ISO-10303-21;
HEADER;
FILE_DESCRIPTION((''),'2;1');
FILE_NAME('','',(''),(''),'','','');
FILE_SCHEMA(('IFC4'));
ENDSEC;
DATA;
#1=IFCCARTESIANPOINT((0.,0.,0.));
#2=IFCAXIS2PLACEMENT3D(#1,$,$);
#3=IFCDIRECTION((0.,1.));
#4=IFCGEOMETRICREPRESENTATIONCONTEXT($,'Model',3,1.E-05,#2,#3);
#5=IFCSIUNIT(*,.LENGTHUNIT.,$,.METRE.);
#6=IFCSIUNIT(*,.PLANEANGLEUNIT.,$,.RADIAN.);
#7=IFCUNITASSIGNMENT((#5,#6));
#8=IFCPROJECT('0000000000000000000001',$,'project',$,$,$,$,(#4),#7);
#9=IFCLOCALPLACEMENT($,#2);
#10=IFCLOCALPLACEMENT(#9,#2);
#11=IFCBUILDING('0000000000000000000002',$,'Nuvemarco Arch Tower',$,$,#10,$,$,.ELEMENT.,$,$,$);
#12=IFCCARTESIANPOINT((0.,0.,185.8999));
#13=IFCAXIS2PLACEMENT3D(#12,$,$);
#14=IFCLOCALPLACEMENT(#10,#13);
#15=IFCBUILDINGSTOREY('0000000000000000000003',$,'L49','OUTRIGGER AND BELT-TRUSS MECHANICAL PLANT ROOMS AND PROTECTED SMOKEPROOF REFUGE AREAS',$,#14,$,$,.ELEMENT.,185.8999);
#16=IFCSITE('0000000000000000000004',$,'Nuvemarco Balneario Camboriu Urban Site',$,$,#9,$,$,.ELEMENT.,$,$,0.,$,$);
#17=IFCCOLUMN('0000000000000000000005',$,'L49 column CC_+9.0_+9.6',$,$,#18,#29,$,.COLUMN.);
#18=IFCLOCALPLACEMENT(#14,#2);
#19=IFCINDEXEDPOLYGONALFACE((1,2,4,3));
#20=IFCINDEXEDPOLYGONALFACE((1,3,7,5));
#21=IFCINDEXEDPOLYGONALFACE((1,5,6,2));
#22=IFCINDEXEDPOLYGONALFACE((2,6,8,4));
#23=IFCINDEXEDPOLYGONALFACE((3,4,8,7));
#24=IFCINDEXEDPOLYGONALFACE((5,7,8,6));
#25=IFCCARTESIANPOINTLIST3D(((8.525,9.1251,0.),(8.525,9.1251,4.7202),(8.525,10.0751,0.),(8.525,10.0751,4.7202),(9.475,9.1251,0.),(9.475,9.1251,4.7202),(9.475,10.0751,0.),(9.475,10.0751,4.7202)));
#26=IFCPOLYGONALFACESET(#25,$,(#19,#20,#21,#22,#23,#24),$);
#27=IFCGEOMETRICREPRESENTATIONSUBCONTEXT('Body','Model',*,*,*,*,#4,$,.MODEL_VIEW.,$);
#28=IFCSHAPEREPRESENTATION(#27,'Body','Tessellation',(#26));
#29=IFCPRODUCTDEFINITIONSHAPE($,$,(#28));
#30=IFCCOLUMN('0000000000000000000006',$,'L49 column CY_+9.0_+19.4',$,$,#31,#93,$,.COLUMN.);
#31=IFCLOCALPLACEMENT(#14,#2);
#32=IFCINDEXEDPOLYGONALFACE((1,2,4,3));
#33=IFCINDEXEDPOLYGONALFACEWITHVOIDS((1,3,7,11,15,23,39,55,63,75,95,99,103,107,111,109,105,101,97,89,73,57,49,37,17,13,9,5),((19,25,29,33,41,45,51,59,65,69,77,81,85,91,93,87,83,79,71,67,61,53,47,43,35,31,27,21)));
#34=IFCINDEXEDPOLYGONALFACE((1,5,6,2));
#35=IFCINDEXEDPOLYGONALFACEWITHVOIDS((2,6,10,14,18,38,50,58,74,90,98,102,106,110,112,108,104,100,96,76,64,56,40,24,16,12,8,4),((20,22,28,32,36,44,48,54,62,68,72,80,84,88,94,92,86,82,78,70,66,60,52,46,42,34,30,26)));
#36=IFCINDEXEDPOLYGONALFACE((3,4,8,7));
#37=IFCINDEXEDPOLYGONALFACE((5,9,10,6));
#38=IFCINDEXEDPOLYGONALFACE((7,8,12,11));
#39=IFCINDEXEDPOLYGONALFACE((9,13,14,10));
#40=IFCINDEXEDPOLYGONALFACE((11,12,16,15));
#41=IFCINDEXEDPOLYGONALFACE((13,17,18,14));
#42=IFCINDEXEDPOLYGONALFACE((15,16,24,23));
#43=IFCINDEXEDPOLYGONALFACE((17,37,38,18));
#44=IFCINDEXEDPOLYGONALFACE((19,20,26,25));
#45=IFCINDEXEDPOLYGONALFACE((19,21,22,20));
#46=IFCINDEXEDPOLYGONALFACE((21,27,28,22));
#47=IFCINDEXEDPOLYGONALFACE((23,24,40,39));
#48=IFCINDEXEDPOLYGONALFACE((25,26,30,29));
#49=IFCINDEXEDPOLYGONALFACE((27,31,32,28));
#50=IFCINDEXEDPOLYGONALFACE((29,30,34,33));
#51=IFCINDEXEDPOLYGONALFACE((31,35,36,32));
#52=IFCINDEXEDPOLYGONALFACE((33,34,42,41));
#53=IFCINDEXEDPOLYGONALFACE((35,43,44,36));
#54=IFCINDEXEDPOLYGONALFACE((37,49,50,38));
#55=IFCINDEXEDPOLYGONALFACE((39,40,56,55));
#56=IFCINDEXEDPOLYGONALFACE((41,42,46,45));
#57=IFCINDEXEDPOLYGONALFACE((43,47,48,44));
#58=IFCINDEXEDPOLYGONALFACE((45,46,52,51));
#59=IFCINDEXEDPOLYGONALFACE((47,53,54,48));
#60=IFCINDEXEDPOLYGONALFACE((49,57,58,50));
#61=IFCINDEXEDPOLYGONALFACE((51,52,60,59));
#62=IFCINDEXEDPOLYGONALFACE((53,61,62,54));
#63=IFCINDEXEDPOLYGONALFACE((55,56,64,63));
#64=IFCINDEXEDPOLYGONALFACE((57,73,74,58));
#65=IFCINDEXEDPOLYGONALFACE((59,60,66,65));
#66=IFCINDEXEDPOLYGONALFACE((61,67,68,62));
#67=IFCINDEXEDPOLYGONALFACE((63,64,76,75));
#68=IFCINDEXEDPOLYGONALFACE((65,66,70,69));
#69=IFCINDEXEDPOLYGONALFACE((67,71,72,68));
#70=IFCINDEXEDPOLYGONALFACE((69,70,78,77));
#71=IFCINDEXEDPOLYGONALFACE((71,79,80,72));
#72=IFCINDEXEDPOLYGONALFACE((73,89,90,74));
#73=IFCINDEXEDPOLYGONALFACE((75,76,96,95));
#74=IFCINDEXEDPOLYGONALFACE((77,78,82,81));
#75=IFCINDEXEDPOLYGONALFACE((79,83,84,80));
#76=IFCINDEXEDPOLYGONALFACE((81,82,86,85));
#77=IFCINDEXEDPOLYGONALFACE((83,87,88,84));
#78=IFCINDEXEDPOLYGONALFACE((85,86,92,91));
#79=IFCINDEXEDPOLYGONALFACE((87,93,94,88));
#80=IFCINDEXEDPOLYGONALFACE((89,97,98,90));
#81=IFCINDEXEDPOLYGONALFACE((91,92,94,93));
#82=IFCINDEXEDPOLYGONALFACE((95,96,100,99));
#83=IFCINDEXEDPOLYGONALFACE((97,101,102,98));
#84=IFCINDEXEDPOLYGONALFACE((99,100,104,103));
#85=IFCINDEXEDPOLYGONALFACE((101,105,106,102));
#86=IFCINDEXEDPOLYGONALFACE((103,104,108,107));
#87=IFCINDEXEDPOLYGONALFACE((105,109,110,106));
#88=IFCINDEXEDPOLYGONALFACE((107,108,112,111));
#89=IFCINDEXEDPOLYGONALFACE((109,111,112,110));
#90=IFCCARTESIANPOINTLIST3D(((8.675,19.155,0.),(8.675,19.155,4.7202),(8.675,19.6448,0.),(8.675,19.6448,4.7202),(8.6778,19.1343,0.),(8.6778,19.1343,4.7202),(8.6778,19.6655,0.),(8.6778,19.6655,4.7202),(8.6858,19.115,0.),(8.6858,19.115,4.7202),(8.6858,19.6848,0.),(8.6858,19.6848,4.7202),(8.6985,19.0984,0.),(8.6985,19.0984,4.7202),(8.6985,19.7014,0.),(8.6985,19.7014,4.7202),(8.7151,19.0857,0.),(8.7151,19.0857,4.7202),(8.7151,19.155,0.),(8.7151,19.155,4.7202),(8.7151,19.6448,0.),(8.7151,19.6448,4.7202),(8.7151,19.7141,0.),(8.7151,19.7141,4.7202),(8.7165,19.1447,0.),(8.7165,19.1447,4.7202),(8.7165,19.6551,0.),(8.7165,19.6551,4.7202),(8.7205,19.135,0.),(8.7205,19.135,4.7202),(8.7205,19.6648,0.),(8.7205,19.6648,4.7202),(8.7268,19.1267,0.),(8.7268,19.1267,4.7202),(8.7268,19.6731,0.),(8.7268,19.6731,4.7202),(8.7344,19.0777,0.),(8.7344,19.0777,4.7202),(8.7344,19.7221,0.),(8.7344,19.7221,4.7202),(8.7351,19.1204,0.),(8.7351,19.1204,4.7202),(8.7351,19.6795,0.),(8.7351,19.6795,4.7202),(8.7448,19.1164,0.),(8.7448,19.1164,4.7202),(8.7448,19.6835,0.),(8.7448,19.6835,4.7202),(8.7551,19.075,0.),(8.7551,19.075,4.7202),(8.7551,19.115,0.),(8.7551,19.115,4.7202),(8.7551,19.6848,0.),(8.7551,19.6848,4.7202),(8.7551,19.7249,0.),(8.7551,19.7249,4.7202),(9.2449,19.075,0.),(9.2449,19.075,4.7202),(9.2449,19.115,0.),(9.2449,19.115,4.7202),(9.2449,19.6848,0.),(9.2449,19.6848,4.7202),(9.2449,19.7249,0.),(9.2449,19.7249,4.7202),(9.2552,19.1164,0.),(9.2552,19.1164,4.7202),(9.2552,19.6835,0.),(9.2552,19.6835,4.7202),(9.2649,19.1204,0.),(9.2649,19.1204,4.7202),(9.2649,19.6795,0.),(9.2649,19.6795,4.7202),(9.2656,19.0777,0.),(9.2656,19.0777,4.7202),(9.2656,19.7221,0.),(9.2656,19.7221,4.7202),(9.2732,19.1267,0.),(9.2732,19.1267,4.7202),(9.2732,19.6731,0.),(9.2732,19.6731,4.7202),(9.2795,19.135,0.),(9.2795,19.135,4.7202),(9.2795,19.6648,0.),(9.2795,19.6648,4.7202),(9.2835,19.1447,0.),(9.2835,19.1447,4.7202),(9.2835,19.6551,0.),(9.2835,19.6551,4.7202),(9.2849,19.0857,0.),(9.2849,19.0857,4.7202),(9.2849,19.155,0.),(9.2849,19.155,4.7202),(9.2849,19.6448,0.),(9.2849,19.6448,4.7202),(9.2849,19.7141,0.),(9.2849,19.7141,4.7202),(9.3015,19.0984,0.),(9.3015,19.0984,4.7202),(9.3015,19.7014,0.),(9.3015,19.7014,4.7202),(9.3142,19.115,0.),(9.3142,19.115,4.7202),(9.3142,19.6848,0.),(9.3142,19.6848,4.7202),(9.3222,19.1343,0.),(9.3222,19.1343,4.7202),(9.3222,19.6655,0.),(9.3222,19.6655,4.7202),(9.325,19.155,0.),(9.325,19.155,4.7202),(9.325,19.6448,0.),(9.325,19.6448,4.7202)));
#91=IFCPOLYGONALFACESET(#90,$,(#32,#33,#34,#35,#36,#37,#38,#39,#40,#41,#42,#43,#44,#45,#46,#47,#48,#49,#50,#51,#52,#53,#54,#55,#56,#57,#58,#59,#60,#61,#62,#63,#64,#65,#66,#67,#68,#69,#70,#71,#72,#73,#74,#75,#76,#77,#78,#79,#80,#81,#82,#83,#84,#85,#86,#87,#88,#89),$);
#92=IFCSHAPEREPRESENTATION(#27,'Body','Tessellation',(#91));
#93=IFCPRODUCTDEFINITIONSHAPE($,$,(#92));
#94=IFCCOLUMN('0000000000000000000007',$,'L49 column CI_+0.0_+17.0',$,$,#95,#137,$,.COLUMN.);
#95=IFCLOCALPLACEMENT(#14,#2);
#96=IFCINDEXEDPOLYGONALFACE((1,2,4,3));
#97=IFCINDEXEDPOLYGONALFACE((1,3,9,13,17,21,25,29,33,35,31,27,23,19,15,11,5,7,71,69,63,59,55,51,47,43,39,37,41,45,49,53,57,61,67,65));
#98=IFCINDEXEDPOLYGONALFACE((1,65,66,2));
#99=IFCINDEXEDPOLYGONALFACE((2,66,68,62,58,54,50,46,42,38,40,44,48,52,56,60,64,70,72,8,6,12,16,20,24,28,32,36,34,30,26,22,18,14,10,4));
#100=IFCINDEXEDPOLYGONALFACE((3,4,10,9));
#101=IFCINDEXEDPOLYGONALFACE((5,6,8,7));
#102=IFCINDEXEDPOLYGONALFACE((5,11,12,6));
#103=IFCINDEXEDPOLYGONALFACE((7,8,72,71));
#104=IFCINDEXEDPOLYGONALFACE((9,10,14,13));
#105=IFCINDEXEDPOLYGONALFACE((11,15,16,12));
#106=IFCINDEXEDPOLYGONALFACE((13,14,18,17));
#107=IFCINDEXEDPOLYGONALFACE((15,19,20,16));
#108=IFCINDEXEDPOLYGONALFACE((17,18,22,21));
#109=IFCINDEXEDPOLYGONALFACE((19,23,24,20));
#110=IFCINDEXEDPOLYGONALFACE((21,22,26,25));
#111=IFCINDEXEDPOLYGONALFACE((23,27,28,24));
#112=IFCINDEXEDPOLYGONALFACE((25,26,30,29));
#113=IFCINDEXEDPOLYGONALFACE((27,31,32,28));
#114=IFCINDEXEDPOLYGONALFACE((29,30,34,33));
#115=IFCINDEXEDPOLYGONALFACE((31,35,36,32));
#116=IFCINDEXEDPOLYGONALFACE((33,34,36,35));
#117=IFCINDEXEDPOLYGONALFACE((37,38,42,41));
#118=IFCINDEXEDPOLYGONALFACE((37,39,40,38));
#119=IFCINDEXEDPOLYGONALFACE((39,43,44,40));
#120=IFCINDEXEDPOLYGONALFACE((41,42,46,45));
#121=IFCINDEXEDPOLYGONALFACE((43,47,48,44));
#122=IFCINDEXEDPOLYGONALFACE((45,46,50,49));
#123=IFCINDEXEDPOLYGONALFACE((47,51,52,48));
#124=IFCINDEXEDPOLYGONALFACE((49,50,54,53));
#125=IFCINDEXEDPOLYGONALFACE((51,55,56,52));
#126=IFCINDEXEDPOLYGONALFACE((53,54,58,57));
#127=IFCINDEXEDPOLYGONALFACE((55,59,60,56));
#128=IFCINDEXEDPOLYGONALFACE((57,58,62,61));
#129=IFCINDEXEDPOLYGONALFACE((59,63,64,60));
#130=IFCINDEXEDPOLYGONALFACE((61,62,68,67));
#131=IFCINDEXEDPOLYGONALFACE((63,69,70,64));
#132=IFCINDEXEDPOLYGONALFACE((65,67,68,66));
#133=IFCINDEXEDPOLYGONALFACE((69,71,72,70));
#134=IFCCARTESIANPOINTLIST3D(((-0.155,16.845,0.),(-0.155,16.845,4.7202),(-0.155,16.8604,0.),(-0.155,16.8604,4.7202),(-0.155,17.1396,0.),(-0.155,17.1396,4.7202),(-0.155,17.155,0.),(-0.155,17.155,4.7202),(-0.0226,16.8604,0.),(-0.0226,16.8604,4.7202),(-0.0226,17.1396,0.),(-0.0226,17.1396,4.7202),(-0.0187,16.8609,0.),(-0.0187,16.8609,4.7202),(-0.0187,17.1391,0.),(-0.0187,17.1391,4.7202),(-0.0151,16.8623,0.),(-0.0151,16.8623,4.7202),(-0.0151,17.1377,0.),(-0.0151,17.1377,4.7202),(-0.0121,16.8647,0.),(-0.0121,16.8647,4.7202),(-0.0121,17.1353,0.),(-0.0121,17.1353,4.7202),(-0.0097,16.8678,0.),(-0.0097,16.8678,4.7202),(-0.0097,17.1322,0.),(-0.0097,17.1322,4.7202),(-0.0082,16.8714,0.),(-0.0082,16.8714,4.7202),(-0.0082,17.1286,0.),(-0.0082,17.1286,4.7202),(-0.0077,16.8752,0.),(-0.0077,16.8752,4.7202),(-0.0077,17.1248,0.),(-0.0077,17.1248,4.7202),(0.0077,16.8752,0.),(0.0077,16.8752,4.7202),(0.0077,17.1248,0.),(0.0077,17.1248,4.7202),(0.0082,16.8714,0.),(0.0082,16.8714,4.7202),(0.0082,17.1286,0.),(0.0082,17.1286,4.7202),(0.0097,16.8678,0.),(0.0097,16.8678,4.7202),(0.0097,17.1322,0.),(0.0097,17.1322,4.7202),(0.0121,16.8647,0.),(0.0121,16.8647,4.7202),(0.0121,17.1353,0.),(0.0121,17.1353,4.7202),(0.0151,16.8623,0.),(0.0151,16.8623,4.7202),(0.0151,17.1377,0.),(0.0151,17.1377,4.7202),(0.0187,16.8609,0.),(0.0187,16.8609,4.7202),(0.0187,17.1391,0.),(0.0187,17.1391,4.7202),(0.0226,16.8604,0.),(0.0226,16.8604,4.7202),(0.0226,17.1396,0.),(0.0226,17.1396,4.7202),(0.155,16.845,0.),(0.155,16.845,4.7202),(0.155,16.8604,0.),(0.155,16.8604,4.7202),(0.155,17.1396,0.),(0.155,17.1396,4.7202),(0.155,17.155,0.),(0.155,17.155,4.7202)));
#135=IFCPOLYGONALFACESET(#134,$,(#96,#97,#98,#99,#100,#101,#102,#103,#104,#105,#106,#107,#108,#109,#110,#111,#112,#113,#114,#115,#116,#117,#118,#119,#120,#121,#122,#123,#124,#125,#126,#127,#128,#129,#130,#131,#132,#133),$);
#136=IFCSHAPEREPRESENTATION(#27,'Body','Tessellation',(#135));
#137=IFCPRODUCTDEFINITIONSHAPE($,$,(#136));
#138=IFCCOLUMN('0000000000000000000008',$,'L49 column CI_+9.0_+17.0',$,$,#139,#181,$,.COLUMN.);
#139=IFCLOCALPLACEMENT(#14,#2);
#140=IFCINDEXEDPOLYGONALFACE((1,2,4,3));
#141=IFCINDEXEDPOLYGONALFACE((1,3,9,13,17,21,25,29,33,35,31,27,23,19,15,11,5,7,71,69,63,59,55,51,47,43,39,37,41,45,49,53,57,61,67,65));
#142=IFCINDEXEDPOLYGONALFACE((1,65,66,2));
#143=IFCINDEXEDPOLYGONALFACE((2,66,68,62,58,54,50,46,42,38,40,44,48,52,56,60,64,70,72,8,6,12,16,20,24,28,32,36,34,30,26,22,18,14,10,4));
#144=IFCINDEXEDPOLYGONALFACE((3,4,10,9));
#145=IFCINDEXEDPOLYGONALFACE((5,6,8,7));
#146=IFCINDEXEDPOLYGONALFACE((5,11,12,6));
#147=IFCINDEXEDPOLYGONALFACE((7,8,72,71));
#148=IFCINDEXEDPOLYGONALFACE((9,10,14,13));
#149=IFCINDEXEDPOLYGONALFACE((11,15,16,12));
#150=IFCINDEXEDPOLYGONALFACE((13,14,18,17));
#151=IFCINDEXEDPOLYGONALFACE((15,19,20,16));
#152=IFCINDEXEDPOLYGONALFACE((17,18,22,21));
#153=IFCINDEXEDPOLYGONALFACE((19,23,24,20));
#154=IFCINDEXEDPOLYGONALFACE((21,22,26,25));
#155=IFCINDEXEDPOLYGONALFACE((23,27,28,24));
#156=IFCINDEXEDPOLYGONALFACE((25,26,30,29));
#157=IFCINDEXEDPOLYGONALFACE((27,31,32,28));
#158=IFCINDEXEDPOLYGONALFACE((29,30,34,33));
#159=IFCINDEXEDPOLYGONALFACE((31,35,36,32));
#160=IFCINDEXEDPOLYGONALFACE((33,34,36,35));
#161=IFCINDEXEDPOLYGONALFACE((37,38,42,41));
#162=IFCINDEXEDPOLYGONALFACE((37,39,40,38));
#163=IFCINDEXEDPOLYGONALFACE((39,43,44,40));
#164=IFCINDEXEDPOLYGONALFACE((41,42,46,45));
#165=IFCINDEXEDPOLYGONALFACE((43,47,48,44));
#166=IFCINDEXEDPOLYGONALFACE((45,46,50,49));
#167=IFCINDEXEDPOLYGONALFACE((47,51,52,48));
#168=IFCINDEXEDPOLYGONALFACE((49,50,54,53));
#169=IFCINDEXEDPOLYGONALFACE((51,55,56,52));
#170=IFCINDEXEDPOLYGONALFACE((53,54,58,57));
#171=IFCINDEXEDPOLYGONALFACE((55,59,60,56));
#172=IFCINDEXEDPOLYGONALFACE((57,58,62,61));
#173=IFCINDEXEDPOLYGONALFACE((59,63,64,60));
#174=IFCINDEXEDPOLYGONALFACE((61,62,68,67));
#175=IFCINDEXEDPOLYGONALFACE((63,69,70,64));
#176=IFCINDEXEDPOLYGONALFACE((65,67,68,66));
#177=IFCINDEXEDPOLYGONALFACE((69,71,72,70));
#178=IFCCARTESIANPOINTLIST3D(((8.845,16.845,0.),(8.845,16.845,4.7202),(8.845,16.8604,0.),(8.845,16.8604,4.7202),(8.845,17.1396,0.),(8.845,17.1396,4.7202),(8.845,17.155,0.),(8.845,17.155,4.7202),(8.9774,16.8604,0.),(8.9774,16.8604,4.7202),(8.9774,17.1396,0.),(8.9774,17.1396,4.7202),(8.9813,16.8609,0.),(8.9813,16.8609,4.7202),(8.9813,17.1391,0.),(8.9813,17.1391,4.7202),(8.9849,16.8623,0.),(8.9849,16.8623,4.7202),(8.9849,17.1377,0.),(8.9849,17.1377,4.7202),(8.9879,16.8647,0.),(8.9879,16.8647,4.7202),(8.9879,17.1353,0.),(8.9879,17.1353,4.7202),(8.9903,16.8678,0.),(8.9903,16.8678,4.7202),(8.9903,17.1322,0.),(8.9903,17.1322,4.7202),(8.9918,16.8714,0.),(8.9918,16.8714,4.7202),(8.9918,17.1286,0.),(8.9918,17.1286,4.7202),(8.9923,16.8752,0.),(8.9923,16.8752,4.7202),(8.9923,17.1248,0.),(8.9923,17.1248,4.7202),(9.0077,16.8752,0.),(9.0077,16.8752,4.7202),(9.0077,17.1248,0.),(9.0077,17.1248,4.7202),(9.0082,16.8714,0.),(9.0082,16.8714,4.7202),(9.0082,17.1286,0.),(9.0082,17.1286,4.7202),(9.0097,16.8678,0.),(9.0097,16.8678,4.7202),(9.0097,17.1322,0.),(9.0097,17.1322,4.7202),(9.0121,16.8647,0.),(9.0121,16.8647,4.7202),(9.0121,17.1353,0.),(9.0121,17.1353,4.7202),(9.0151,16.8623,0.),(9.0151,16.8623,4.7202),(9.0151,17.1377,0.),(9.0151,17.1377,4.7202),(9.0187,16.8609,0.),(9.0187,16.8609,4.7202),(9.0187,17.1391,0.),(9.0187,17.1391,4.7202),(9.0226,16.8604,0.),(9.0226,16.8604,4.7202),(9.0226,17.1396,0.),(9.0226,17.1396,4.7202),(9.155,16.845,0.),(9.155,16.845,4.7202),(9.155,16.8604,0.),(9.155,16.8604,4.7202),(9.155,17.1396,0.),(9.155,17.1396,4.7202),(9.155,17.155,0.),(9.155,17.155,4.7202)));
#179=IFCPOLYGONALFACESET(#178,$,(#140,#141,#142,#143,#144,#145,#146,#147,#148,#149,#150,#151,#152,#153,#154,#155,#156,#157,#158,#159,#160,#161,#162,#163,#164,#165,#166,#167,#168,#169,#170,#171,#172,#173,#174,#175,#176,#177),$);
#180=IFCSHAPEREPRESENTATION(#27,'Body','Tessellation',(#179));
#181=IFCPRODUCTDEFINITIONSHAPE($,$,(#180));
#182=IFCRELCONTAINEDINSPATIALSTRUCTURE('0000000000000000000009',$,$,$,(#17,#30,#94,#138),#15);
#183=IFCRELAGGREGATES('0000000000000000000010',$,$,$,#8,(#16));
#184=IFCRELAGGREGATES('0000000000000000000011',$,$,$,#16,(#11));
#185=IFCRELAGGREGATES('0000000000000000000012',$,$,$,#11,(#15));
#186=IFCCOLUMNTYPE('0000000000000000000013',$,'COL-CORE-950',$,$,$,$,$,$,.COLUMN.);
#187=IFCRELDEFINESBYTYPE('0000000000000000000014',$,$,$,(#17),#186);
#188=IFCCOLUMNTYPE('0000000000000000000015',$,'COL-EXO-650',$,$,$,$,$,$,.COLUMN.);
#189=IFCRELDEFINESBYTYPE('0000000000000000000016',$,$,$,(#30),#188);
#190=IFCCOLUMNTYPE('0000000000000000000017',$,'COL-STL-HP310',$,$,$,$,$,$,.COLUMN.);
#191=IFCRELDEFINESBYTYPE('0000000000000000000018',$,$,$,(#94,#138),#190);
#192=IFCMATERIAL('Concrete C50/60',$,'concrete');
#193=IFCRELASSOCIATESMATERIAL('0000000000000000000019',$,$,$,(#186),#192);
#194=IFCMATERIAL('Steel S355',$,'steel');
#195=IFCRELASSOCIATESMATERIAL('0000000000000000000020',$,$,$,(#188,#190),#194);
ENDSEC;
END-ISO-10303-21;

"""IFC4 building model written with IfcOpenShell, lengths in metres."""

from ifc_helpers import new_model, si_unit, direction, frame, origin, origin_2d, place, context, subcontext, project, spatial, rectangle, hollow_rectangle, i_section, extrude, material, material_profile, profile_set, type_object, element, save


model = new_model("IFC4")

# Units and contexts
model_context = context("Model", 3, precision=1e-05, world=origin(), true_north=direction((0.0, 1.0)))
body_context = subcontext(model_context, "Body", "Model", "MODEL_VIEW")
ifc_project = project(units=[si_unit("LENGTHUNIT", "METRE"), si_unit("PLANEANGLEUNIT", "RADIAN")], contexts=[model_context])

# Site, building, storey
site_placement = place(None, origin())
site = spatial("IfcSite", under=ifc_project, at=site_placement, Name="Nuvemarco Balneario Camboriu Urban Site", CompositionType="ELEMENT", RefElevation=0.0)
building_placement = place(site_placement, origin())
building = spatial("IfcBuilding", under=site, at=building_placement, Name="Nuvemarco Arch Tower", CompositionType="ELEMENT")
storey_placement = place(building_placement, frame((0.0, 0.0, 185.8999)))
storey = spatial("IfcBuildingStorey", under=building, at=storey_placement, Name="L49", Description="OUTRIGGER AND BELT-TRUSS MECHANICAL PLANT ROOMS AND PROTECTED SMOKEPROOF REFUGE AREAS", CompositionType="ELEMENT", Elevation=185.8999)

# Columns
ifc_material_1 = material(Name="Concrete C50/60", Category="concrete")
ifc_material_profile_1 = material_profile(ifc_material_1, rectangle(XDim=0.95, YDim=0.95, at=origin_2d()), Name="RC-COL-950x950")
ifc_profile_set_1 = profile_set([ifc_material_profile_1], Name="Concrete C50/60")
column_type_1 = type_object("IfcColumnType", Name="COL-CORE-950", PredefinedType="COLUMN", material=ifc_profile_set_1)
column_1_placement = place(storey_placement, frame((9.0, 9.6001, 0.0), z_axis=(0.0, 0.0, 1.0), x_axis=(1.0, 0.0, 0.0)))
element("IfcColumn", 1, at=column_1_placement, inside=storey, type_object=column_type_1, Name="L49 column CC_+9.0_+9.6", PredefinedType="COLUMN", context=body_context, shape_type="SweptSolid", body=[
    extrude(rectangle(XDim=0.95, YDim=0.95, at=origin_2d()), origin(), (0.0, 0.0, 1.0), 4.7202),
])
ifc_material_2 = material(Name="Steel S355", Category="steel")
ifc_material_profile_2 = material_profile(ifc_material_2, hollow_rectangle(XDim=0.6499, YDim=0.6499, WallThickness=0.04, InnerFilletRadius=0.04, OuterFilletRadius=0.0801, at=origin_2d()), Name="SHS650x650x40")
ifc_profile_set_2 = profile_set([ifc_material_profile_2], Name="Steel S355")
column_type_2 = type_object("IfcColumnType", Name="COL-EXO-650", PredefinedType="COLUMN", material=ifc_profile_set_2)
column_2_placement = place(storey_placement, frame((9.0, 19.3999, 0.0), z_axis=(0.0, 0.0, 1.0), x_axis=(1.0, 0.0, 0.0)))
element("IfcColumn", 2, at=column_2_placement, inside=storey, type_object=column_type_2, Name="L49 column CY_+9.0_+19.4", PredefinedType="COLUMN", context=body_context, shape_type="SweptSolid", body=[
    extrude(hollow_rectangle(XDim=0.6499, YDim=0.6499, WallThickness=0.04, InnerFilletRadius=0.04, OuterFilletRadius=0.0801, at=origin_2d()), origin(), (0.0, 0.0, 1.0), 4.7202),
])
ifc_material_profile_3 = material_profile(ifc_material_2, i_section(OverallWidth=0.3101, OverallDepth=0.3101, WebThickness=0.0154, FlangeThickness=0.0154, FilletRadius=0.0149, at=origin_2d()), Name="HP310x110")
ifc_profile_set_3 = profile_set([ifc_material_profile_3], Name="Steel S355")
column_type_3 = type_object("IfcColumnType", Name="COL-STL-HP310", PredefinedType="COLUMN", material=ifc_profile_set_3)
for number, where, z_axis, x_axis, name in (
    (3, (0.0, 17.0, 0.0), (0.0, 0.0, 1.0), (1.0, 0.0, 0.0), "L49 column CI_+0.0_+17.0"),
    (4, (9.0, 17.0, 0.0), (0.0, 0.0, 1.0), (1.0, 0.0, 0.0), "L49 column CI_+9.0_+17.0"),
):
    element("IfcColumn", number, at=place(storey_placement, frame(where, z_axis=z_axis, x_axis=x_axis)), inside=storey, type_object=column_type_3, Name=name, PredefinedType="COLUMN", context=body_context, shape_type="SweptSolid", body=[
        extrude(i_section(OverallWidth=0.3101, OverallDepth=0.3101, WebThickness=0.0154, FlangeThickness=0.0154, FilletRadius=0.0149, at=origin_2d()), origin(), (0.0, 0.0, 1.0), 4.7202),
    ])

save(model, "model.ifc")
